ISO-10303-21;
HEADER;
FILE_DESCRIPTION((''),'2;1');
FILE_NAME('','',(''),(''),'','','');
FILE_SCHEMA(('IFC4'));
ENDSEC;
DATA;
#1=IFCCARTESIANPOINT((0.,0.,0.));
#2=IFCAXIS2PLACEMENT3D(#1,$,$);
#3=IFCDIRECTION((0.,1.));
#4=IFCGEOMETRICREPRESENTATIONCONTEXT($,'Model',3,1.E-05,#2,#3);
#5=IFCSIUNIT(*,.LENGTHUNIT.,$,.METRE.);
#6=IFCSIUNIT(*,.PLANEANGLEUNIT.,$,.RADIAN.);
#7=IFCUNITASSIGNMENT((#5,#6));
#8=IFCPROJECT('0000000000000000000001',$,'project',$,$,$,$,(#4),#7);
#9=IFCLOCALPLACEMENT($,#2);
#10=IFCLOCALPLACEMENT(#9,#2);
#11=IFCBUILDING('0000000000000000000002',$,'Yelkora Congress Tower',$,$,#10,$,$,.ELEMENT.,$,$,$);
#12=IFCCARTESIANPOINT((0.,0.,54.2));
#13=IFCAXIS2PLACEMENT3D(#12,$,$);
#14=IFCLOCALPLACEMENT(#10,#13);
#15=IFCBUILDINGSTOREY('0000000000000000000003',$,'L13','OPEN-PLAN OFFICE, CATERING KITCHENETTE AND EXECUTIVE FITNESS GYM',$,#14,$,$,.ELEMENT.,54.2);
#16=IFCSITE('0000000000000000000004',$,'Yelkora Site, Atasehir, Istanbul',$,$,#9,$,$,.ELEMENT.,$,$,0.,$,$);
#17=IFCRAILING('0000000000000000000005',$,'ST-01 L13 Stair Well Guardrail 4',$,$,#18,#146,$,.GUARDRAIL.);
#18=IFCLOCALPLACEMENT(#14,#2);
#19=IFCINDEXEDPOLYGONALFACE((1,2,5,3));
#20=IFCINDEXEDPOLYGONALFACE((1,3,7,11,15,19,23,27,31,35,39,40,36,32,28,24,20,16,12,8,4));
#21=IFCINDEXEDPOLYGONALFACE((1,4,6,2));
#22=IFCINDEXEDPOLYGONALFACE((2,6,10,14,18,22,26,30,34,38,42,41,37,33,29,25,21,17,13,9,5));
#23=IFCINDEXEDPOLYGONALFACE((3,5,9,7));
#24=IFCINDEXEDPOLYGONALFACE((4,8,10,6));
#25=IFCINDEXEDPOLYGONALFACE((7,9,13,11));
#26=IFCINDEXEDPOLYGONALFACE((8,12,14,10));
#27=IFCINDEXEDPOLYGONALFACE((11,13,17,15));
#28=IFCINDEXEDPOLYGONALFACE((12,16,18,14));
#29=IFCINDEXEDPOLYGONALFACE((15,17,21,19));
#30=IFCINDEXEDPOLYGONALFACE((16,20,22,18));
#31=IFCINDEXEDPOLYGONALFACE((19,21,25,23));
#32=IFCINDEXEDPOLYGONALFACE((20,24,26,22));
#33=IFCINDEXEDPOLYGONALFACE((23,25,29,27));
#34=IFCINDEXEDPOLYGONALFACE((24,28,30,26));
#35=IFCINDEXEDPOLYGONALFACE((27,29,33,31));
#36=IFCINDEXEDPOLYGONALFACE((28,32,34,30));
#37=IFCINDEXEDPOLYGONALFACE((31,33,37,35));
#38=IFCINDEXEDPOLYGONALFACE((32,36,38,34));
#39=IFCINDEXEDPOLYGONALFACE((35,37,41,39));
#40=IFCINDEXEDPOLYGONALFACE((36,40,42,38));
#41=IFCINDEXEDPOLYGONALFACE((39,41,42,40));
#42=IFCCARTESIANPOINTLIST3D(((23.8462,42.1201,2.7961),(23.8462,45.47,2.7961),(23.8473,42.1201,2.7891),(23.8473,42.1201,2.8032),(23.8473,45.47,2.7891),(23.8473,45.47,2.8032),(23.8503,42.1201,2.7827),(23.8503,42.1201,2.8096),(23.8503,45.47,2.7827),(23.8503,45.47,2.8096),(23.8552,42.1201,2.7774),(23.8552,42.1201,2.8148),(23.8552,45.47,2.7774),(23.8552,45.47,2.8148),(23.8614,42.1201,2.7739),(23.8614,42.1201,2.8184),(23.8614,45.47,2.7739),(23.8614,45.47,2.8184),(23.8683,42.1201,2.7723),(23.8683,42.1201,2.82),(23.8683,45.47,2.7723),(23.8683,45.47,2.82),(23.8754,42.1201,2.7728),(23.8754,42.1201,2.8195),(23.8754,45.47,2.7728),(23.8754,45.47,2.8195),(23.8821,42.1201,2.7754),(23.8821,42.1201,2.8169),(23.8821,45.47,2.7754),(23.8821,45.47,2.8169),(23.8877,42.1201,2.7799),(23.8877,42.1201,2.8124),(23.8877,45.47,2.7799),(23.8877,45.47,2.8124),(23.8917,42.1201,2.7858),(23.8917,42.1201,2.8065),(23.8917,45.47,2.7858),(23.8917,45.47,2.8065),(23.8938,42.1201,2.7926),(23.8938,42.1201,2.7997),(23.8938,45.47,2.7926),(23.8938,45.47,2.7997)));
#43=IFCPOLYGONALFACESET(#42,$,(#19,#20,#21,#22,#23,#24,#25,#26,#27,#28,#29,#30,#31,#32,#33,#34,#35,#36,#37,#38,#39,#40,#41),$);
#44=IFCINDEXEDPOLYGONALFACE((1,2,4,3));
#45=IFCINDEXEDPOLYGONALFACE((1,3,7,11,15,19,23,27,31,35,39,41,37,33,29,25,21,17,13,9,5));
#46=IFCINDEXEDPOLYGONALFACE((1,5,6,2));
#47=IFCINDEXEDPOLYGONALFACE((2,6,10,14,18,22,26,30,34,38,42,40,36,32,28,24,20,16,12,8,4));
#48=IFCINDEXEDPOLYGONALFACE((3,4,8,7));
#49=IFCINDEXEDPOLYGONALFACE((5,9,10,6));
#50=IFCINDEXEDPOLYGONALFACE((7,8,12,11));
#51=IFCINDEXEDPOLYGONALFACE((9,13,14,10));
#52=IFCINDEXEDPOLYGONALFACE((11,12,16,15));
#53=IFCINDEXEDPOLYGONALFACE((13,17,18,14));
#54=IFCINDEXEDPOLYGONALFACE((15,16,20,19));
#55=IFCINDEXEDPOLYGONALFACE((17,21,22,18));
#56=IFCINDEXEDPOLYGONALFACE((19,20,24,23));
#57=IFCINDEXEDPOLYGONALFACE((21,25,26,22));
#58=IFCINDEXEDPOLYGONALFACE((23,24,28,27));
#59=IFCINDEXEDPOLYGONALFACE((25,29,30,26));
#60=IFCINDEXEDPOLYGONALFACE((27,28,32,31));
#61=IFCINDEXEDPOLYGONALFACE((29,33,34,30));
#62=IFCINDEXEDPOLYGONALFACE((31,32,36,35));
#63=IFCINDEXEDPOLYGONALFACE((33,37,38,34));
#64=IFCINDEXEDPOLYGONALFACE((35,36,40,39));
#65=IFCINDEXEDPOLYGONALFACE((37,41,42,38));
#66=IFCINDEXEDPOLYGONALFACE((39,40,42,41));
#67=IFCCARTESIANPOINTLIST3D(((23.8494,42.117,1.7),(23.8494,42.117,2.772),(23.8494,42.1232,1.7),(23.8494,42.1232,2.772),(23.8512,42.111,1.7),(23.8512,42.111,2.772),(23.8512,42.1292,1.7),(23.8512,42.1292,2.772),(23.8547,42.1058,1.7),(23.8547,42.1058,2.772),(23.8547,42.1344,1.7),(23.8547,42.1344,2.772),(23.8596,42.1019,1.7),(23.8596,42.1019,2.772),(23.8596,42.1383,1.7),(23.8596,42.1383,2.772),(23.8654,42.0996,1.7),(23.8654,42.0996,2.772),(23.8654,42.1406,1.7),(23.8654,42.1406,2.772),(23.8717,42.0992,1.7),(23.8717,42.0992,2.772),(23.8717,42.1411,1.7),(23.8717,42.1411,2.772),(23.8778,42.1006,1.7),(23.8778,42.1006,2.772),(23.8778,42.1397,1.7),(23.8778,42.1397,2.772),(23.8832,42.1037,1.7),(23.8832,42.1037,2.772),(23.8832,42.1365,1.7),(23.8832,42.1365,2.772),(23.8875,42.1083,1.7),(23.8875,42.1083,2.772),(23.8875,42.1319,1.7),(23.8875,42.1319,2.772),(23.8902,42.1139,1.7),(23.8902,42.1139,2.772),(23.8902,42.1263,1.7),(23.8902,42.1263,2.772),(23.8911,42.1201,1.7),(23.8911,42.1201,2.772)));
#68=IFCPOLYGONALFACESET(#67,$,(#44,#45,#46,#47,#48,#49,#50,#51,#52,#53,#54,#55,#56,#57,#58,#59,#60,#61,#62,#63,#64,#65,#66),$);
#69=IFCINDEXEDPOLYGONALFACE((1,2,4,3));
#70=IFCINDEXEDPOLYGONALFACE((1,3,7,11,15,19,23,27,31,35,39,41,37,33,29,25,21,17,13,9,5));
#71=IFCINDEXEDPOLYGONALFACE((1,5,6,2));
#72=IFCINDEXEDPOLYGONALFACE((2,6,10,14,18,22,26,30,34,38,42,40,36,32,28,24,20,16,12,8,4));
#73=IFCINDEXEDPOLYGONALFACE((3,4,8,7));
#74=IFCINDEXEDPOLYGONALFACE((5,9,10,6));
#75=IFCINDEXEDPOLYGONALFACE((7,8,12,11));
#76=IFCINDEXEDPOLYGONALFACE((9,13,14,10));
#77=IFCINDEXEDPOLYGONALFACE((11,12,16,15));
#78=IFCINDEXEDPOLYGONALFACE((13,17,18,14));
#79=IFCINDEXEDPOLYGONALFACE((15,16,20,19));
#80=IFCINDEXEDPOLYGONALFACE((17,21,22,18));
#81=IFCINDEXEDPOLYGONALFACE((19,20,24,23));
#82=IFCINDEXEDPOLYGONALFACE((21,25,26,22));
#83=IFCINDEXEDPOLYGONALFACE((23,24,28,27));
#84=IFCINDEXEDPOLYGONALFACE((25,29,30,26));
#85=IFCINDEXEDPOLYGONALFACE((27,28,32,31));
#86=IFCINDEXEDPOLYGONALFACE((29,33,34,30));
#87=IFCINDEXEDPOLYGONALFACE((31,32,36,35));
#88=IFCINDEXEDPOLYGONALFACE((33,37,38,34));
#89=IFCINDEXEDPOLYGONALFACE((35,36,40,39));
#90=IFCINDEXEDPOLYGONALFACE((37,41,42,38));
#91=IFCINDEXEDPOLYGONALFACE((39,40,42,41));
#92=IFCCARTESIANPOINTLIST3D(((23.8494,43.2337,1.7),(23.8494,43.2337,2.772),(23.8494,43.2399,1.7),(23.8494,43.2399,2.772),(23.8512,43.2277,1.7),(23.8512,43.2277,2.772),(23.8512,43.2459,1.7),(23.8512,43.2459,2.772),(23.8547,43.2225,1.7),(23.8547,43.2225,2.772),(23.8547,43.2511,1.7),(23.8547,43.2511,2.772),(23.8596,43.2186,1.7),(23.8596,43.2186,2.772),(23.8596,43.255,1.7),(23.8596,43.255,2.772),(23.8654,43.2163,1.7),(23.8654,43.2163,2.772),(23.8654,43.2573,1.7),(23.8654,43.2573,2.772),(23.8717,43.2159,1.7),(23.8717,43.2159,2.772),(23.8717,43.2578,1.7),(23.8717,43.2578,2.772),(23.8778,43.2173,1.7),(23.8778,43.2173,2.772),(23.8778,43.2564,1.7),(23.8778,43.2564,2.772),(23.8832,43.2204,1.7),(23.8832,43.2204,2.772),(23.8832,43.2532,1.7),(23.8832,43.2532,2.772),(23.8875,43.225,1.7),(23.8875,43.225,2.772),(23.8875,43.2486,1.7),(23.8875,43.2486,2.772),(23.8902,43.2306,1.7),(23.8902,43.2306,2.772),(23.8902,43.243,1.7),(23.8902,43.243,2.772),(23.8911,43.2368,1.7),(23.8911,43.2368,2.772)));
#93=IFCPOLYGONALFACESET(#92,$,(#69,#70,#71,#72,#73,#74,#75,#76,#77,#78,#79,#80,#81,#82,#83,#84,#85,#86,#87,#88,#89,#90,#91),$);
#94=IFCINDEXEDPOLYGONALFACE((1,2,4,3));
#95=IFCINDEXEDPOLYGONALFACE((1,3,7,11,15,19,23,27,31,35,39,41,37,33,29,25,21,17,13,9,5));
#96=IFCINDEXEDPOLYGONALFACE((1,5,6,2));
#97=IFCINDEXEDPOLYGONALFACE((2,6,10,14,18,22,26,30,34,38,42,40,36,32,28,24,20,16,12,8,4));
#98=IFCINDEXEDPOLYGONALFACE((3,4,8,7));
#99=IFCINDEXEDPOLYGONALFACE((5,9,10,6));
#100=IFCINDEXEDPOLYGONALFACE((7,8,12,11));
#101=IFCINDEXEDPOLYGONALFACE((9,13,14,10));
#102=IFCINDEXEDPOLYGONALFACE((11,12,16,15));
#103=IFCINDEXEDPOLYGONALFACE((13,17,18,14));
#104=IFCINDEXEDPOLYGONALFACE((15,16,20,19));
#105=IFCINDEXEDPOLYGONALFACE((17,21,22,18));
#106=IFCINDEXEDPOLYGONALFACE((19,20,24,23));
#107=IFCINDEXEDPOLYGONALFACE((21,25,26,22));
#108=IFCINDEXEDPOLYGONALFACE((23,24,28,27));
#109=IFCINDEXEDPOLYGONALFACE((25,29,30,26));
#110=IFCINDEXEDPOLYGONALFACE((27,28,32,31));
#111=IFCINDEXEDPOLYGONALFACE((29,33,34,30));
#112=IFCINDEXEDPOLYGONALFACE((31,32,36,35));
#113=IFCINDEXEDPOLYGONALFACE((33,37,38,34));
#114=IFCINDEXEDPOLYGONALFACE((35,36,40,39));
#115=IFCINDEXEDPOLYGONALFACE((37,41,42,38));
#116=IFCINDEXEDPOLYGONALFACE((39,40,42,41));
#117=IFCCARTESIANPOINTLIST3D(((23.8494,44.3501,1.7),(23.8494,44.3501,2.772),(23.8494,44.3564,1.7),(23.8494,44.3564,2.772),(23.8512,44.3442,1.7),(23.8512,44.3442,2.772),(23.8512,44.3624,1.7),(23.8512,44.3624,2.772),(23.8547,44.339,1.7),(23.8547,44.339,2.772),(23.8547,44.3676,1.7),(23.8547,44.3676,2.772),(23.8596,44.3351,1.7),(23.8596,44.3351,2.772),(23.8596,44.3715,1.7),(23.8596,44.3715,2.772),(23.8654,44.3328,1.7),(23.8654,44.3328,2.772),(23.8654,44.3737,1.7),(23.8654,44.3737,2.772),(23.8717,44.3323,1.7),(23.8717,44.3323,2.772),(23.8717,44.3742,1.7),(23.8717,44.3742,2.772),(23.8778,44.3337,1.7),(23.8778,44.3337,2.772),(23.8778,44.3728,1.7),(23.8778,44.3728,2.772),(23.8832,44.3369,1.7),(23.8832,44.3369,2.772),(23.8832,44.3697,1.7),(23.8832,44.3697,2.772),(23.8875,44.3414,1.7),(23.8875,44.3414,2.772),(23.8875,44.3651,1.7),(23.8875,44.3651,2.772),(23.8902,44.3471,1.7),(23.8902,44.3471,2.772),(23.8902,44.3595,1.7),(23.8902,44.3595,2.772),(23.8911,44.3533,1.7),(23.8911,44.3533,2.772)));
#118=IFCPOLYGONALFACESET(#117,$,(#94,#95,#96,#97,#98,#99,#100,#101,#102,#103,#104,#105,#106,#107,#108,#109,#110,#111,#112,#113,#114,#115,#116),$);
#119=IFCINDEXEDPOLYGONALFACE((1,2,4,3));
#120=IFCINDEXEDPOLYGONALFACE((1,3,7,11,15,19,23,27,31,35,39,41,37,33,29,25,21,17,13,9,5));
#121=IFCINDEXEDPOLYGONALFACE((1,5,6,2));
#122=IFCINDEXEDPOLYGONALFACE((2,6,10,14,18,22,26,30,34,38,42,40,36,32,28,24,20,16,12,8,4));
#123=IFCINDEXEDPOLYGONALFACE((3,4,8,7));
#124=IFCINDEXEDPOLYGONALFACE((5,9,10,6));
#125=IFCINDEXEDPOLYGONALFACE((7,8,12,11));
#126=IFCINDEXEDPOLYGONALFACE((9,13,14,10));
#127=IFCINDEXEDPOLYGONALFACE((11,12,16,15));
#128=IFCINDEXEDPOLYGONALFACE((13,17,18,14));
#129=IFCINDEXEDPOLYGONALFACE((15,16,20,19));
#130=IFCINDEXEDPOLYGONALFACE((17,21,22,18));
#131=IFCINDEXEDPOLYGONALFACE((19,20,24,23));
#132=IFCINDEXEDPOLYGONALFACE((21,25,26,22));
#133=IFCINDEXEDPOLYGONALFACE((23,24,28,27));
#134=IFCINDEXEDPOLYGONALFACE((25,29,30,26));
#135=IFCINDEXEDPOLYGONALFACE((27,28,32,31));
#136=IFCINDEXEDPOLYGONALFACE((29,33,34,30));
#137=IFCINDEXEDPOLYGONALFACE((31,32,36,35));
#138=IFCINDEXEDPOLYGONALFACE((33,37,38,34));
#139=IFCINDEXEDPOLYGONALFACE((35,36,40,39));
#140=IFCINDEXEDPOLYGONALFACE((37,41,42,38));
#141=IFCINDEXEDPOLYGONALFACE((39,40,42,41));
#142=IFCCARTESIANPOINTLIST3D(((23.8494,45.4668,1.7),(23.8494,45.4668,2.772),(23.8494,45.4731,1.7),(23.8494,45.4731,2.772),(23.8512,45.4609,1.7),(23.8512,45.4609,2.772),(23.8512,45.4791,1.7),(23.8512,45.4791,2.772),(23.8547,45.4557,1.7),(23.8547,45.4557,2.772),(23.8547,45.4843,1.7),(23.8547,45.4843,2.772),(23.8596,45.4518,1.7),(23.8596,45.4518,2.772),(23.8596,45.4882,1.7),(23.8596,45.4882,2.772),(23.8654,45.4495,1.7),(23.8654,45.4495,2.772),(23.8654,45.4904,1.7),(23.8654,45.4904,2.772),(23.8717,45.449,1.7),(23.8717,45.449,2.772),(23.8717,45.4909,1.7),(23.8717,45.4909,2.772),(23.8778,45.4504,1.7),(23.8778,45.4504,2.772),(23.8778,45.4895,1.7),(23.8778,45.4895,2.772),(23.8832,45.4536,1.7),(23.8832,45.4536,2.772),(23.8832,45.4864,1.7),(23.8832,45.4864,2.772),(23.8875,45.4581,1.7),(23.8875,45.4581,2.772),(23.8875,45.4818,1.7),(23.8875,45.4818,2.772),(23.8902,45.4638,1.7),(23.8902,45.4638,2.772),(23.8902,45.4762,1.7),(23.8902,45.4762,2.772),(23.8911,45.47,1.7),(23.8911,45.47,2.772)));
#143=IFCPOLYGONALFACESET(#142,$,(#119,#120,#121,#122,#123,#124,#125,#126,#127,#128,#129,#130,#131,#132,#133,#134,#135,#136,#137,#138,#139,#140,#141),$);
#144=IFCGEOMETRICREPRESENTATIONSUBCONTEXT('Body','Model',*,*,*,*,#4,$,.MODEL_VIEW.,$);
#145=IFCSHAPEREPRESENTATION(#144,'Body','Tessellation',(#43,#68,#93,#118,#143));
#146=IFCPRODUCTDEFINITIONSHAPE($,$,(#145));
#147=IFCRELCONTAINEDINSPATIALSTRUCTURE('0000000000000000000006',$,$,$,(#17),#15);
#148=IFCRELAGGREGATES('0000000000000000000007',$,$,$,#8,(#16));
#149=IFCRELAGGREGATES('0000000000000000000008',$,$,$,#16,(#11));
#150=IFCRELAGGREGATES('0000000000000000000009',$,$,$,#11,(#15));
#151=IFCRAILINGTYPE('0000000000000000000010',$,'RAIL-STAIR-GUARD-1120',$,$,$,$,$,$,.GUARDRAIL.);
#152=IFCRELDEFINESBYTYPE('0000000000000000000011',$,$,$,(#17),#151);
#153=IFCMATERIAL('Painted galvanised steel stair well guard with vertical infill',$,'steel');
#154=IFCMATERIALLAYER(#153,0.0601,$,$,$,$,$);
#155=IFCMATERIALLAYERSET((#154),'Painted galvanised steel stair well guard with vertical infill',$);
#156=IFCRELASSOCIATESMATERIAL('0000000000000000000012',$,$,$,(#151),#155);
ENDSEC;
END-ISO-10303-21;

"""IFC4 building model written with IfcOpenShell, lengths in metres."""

from ifc_helpers import new_model, si_unit, direction, frame, origin, origin_2d, place, context, subcontext, project, spatial, circle, extrude, material, layer, layer_set, type_object, element, save


model = new_model("IFC4")

# Units and contexts
model_context = context("Model", 3, precision=1e-05, world=origin(), true_north=direction((0.0, 1.0)))
body_context = subcontext(model_context, "Body", "Model", "MODEL_VIEW")
ifc_project = project(units=[si_unit("LENGTHUNIT", "METRE"), si_unit("PLANEANGLEUNIT", "RADIAN")], contexts=[model_context])

# Site, building, storey
site_placement = place(None, origin())
site = spatial("IfcSite", under=ifc_project, at=site_placement, Name="Yelkora Site, Atasehir, Istanbul", CompositionType="ELEMENT", RefElevation=0.0)
building_placement = place(site_placement, origin())
building = spatial("IfcBuilding", under=site, at=building_placement, Name="Yelkora Congress Tower", CompositionType="ELEMENT")
storey_placement = place(building_placement, frame((0.0, 0.0, 54.2)))
storey = spatial("IfcBuildingStorey", under=building, at=storey_placement, Name="L13", Description="OPEN-PLAN OFFICE, CATERING KITCHENETTE AND EXECUTIVE FITNESS GYM", CompositionType="ELEMENT", Elevation=54.2)

# Railing
ifc_material_1 = material(Name="Painted galvanised steel stair well guard with vertical infill", Category="steel")
ifc_layer_1 = layer(ifc_material_1, 0.0601)
ifc_layer_set_1 = layer_set([ifc_layer_1], Name="Painted galvanised steel stair well guard with vertical infill")
railing_type_1 = type_object("IfcRailingType", Name="RAIL-STAIR-GUARD-1120", PredefinedType="GUARDRAIL", material=ifc_layer_set_1)
for number, where, name in (
    (1, (23.8701, 42.1201, 1.7), "ST-01 L13 Stair Well Guardrail 4"),
):
    element("IfcRailing", number, at=place(storey_placement, frame(where)), inside=storey, type_object=railing_type_1, Name=name, PredefinedType="GUARDRAIL", context=body_context, shape_type="SweptSolid", body=[
        extrude(circle(Radius=0.0239, at=origin_2d()), frame((0.0, 0.0, 1.0962), z_axis=(0.0, 1.0, 0.0), x_axis=(-1.0, 0.0, 0.0)), (0.0, 0.0, 1.0), 3.3499),
        extrude(circle(Radius=0.021, at=origin_2d()), origin(), (0.0, 0.0, 1.0), 1.072),
        extrude(circle(Radius=0.021, at=origin_2d()), frame((0.0, 1.1167, 0.0)), (0.0, 0.0, 1.0), 1.072),
        extrude(circle(Radius=0.021, at=origin_2d()), frame((0.0, 2.2332, 0.0)), (0.0, 0.0, 1.0), 1.072),
        extrude(circle(Radius=0.021, at=origin_2d()), frame((0.0, 3.3499, 0.0)), (0.0, 0.0, 1.0), 1.072),
    ])

save(model, "model.ifc")
